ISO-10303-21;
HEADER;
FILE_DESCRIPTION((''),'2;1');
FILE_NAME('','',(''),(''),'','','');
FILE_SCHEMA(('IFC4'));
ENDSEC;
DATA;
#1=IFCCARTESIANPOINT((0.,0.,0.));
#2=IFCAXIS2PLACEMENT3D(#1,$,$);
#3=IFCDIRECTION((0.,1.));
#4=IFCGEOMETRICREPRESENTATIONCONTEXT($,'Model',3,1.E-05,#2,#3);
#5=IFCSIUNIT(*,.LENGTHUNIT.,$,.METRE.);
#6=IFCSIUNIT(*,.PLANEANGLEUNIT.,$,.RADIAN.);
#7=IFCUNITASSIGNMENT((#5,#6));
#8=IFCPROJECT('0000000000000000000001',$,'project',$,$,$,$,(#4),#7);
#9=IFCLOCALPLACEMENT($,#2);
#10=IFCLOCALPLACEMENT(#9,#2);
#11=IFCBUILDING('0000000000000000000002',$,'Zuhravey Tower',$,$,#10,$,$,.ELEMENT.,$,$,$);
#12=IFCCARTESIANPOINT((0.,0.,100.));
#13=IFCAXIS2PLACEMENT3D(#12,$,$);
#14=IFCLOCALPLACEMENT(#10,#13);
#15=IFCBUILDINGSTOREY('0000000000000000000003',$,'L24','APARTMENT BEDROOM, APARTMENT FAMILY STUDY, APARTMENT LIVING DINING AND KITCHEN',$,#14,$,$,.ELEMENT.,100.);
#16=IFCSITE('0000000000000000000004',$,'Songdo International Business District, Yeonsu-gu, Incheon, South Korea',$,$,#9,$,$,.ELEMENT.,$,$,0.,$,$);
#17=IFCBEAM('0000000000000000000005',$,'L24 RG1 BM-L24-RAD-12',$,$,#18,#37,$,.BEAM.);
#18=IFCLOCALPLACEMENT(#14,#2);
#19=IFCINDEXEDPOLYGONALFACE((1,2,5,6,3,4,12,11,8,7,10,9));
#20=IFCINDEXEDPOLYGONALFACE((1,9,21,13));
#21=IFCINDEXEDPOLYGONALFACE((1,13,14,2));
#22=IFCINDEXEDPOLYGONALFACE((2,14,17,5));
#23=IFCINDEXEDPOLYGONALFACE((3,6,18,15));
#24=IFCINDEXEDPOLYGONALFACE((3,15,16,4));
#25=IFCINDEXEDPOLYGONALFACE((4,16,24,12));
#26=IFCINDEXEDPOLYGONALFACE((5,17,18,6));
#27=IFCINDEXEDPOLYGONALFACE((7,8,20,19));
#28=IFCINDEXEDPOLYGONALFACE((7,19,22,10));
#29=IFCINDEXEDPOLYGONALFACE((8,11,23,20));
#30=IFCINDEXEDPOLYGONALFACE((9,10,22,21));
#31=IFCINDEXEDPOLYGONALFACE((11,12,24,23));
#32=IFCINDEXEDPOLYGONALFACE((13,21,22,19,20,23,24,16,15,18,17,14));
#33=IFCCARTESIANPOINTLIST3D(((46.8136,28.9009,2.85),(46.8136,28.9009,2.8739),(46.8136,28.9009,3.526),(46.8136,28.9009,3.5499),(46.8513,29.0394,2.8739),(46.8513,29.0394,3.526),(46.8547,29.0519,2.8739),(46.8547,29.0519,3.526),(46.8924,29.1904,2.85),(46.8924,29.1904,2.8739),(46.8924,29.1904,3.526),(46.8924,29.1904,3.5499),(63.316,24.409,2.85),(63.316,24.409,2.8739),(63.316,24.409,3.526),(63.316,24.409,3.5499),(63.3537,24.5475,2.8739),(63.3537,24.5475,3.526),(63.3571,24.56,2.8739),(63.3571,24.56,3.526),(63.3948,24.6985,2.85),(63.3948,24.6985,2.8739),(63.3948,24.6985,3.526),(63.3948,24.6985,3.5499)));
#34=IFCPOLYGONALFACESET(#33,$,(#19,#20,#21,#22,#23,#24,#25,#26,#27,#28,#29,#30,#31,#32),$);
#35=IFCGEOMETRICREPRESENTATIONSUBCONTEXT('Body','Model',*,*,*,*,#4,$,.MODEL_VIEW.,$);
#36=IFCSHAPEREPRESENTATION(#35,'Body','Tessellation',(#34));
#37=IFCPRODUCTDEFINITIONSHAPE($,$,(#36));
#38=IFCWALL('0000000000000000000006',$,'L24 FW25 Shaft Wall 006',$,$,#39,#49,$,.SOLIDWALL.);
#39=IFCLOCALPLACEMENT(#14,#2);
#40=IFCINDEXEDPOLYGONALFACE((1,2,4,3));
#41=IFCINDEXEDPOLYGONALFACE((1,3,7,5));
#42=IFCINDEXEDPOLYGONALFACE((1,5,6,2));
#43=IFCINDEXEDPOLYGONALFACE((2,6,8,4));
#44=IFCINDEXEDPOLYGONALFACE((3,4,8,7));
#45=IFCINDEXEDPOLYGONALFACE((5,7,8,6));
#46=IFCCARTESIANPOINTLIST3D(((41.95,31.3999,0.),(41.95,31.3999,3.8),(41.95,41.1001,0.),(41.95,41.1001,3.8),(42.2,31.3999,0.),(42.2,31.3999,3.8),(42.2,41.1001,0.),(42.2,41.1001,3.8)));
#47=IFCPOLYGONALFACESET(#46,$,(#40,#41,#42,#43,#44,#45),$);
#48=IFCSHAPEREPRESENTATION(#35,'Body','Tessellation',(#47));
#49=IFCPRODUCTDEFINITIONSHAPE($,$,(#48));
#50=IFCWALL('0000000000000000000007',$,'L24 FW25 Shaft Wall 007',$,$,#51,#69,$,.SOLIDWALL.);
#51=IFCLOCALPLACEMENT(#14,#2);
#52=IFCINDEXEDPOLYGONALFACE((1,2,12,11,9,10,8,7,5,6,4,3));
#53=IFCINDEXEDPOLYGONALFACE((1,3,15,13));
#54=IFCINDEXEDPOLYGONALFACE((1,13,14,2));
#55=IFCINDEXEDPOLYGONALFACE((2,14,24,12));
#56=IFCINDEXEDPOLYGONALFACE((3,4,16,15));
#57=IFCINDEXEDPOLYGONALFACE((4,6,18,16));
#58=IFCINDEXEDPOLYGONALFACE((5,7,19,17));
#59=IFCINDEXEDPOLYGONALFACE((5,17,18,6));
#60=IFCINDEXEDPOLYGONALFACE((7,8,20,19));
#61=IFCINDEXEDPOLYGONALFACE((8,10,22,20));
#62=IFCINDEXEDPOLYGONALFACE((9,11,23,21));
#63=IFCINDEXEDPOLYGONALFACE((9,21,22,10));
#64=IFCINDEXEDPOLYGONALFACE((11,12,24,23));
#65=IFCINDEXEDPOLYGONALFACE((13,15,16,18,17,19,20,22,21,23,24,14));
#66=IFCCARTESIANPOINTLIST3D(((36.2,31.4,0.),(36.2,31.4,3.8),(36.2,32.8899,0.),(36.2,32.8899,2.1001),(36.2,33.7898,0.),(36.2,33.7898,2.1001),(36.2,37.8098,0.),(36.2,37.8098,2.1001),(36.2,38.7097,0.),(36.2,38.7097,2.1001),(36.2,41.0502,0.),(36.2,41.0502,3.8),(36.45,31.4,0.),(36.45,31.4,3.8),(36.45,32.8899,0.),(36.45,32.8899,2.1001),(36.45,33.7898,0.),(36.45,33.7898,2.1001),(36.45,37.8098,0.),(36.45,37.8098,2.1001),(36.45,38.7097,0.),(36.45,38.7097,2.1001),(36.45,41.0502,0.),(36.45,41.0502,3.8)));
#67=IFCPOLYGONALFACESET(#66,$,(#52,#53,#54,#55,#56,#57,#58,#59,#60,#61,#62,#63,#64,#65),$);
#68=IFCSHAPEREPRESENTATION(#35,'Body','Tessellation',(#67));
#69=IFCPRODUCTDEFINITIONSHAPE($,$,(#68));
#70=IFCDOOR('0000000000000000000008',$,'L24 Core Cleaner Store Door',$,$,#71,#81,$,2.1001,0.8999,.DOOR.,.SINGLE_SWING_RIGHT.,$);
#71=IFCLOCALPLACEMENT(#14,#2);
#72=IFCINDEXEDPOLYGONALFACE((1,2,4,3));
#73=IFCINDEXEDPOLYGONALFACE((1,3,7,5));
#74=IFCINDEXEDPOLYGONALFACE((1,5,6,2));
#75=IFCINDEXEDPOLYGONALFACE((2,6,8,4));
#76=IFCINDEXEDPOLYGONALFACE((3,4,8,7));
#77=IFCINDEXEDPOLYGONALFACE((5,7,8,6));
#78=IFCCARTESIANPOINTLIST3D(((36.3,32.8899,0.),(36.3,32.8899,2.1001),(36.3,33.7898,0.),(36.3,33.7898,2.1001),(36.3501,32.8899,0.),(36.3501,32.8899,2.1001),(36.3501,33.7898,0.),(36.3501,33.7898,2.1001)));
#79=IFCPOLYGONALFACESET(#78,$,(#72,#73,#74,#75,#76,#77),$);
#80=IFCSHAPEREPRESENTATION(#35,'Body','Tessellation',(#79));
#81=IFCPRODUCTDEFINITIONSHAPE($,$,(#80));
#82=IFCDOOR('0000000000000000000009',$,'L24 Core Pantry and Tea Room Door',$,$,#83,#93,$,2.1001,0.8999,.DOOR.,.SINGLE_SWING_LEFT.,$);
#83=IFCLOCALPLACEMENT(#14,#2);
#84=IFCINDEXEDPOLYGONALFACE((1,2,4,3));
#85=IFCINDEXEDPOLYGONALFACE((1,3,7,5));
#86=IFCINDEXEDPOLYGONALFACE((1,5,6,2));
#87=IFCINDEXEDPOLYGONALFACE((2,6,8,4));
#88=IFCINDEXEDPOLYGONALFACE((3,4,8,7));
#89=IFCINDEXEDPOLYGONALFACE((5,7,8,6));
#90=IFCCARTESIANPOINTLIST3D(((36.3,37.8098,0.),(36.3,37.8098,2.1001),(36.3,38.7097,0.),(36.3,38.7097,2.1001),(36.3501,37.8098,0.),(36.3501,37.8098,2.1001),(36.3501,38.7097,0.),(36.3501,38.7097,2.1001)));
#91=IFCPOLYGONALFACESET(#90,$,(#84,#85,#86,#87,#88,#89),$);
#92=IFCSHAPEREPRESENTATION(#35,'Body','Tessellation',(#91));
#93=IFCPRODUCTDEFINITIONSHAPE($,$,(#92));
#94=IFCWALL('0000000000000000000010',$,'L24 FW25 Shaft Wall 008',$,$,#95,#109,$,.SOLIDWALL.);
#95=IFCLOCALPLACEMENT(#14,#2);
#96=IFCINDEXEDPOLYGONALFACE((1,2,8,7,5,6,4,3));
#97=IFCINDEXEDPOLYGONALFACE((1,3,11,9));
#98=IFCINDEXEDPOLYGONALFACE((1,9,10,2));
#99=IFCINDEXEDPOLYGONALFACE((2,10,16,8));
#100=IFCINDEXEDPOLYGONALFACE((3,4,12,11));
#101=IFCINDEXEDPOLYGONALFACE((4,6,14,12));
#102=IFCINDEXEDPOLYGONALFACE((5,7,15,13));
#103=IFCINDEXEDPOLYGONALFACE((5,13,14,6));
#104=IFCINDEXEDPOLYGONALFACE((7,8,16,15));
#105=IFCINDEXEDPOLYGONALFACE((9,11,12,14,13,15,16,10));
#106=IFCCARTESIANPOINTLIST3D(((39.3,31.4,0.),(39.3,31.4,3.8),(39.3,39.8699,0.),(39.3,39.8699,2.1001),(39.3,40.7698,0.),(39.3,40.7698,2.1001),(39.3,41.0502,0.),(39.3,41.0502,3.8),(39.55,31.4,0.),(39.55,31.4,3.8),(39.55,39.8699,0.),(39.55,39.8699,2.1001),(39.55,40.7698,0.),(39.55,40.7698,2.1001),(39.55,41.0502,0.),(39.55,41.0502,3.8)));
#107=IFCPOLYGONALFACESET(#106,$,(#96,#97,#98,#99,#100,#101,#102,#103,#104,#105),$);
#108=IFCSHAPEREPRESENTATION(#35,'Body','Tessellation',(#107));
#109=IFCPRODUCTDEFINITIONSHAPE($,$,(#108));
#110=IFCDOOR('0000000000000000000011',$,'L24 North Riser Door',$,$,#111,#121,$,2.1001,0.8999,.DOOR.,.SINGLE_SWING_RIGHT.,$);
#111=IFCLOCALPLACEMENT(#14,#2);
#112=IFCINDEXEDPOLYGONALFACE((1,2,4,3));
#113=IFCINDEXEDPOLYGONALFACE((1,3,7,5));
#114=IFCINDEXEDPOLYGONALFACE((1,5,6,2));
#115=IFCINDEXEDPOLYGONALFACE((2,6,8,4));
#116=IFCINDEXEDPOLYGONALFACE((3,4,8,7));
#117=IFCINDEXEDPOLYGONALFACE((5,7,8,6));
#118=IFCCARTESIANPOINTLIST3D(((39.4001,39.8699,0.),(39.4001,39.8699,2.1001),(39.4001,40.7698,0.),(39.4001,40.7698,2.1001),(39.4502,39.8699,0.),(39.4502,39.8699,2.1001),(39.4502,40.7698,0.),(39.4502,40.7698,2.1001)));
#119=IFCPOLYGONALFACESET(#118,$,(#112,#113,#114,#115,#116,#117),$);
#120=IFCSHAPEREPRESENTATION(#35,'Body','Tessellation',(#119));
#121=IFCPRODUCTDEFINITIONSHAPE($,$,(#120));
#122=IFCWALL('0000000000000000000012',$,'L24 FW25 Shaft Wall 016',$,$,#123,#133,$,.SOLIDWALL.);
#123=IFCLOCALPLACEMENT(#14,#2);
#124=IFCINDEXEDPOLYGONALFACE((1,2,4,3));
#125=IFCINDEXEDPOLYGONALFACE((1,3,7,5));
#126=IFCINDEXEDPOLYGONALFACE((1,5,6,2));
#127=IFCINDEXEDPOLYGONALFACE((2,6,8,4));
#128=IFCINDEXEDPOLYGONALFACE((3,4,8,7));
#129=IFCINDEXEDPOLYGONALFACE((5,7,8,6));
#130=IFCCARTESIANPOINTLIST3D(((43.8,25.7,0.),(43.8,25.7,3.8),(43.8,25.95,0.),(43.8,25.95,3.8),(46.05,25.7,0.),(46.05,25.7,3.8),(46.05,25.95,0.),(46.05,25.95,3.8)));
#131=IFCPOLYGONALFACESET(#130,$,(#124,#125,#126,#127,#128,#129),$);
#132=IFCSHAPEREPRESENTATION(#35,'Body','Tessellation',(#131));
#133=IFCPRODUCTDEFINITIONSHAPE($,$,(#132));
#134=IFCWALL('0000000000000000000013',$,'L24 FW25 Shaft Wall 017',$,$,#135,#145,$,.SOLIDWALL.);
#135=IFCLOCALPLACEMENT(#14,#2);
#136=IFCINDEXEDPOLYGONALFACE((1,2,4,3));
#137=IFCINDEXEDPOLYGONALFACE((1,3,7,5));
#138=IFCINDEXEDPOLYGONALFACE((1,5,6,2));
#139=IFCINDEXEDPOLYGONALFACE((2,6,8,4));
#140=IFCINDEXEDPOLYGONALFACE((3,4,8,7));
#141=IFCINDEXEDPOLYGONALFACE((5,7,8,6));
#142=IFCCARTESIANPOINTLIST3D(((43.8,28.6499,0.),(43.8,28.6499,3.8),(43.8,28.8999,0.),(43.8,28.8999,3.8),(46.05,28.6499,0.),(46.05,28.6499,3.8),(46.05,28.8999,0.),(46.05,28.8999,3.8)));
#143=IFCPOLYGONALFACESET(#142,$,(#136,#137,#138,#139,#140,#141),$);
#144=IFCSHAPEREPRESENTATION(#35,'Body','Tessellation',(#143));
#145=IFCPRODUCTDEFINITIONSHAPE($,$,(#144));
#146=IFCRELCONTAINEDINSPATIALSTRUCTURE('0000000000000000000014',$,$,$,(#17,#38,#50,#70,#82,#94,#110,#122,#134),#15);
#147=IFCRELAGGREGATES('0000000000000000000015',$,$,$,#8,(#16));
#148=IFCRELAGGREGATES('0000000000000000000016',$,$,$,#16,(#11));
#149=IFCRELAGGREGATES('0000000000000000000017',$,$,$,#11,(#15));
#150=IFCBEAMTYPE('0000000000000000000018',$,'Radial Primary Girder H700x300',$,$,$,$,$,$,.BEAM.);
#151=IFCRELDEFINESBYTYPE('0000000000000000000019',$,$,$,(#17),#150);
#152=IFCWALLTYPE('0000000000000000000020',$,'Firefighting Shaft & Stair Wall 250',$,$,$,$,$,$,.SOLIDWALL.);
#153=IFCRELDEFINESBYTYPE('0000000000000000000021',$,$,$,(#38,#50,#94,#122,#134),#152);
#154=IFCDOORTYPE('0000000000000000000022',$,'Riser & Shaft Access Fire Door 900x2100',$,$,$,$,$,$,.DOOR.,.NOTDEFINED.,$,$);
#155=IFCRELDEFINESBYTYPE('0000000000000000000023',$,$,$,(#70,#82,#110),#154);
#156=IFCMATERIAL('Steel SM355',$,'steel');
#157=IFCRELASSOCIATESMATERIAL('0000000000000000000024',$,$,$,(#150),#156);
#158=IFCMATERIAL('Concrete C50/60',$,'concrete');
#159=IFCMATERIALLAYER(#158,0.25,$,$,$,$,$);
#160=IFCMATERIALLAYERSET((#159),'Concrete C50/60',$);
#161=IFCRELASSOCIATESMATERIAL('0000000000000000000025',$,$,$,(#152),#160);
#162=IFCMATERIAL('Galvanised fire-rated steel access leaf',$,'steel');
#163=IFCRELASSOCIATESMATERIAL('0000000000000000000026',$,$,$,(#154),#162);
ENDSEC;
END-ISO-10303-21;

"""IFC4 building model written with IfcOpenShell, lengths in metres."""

from ifc_helpers import new_model, si_unit, direction, frame, frame_2d, origin, origin_2d, place, context, subcontext, project, spatial, rectangle, i_section, extrude, material, layer, layer_set, material_profile, profile_set, type_object, element, fill, save


model = new_model("IFC4")

# Units and contexts
model_context = context("Model", 3, precision=1e-05, world=origin(), true_north=direction((0.0, 1.0)))
body_context = subcontext(model_context, "Body", "Model", "MODEL_VIEW")
ifc_project = project(units=[si_unit("LENGTHUNIT", "METRE"), si_unit("PLANEANGLEUNIT", "RADIAN")], contexts=[model_context])

# Site, building, storey
site_placement = place(None, origin())
site = spatial("IfcSite", under=ifc_project, at=site_placement, Name="Songdo International Business District, Yeonsu-gu, Incheon, South Korea", CompositionType="ELEMENT", RefElevation=0.0)
building_placement = place(site_placement, origin())
building = spatial("IfcBuilding", under=site, at=building_placement, Name="Zuhravey Tower", CompositionType="ELEMENT")
storey_placement = place(building_placement, frame((0.0, 0.0, 100.0)))
storey = spatial("IfcBuildingStorey", under=building, at=storey_placement, Name="L24", Description="APARTMENT BEDROOM, APARTMENT FAMILY STUDY, APARTMENT LIVING DINING AND KITCHEN", CompositionType="ELEMENT", Elevation=100.0)

# Beam
ifc_material_1 = material(Name="Steel SM355", Category="steel")
ifc_material_profile = material_profile(ifc_material_1, i_section(OverallWidth=0.3, OverallDepth=0.7, WebThickness=0.0129, FlangeThickness=0.0239, at=origin_2d()), Name="H-700x300x13x24")
ifc_profile_set = profile_set([ifc_material_profile], Name="Steel SM355")
beam_type = type_object("IfcBeamType", Name="Radial Primary Girder H700x300", PredefinedType="BEAM", material=ifc_profile_set)
beam_placement = place(storey_placement, frame((46.853, 29.0457, 3.2), z_axis=(0.964893, -0.262643, 0.0), x_axis=(0.262643, 0.964893, 0.0)))
element("IfcBeam", 1, at=beam_placement, inside=storey, type_object=beam_type, Name="L24 RG1 BM-L24-RAD-12", PredefinedType="BEAM", context=body_context, shape_type="SweptSolid", body=[
    extrude(i_section(OverallWidth=0.3, OverallDepth=0.7, WebThickness=0.0129, FlangeThickness=0.0239, at=origin_2d()), origin(), (0.0, 0.0, 1.0), 17.1028),
])

# Wall
ifc_material_2 = material(Name="Concrete C50/60", Category="concrete")
ifc_layer_1 = layer(ifc_material_2, 0.25)
ifc_layer_set_1 = layer_set([ifc_layer_1], Name="Concrete C50/60")
wall_type_1 = type_object("IfcWallType", Name="Firefighting Shaft & Stair Wall 250", PredefinedType="SOLIDWALL", material=ifc_layer_set_1)
wall_1_placement = place(storey_placement, frame((42.075, 31.3999, 0.0), z_axis=(0.0, 0.0, 1.0), x_axis=(0.0, 1.0, 0.0)))
element("IfcWall", 2, at=wall_1_placement, inside=storey, type_object=wall_type_1, Name="L24 FW25 Shaft Wall 006", PredefinedType="SOLIDWALL", context=body_context, shape_type="SweptSolid", body=[
    extrude(rectangle(XDim=9.7002, YDim=0.25, at=frame_2d((4.8501, 0.0))), origin(), (0.0, 0.0, 1.0), 3.8),
])

# Wall, openings, doors
wall_2_placement = place(storey_placement, frame((36.325, 31.3999, 0.0), z_axis=(0.0, 0.0, 1.0), x_axis=(0.0, 1.0, 0.0)))
wall_2 = element("IfcWall", 3, at=wall_2_placement, inside=storey, type_object=wall_type_1, Name="L24 FW25 Shaft Wall 007", PredefinedType="SOLIDWALL", context=body_context, shape_type="SweptSolid", body=[
    extrude(rectangle(XDim=9.6501, YDim=0.25, at=frame_2d((4.8252, 0.0))), origin(), (0.0, 0.0, 1.0), 3.8),
])
opening_1_placement = place(wall_2_placement, frame((1.49, 0.0, 0.0)))
opening_1 = element("IfcOpeningElement", 4, at=opening_1_placement, cuts=wall_2, PredefinedType="OPENING", context=body_context, shape_type="SweptSolid", body=[
    extrude(rectangle(XDim=0.8999, YDim=2.1001, at=frame_2d((0.45, 1.05))), frame((0.0, 0.137, 0.0), z_axis=(0.0, -1.0, 0.0), x_axis=(1.0, 0.0, 0.0)), (0.0, 0.0, 1.0), 0.2739),
])
opening_2_placement = place(wall_2_placement, frame((6.4099, 0.0, 0.0)))
opening_2 = element("IfcOpeningElement", 5, at=opening_2_placement, cuts=wall_2, PredefinedType="OPENING", context=body_context, shape_type="SweptSolid", body=[
    extrude(rectangle(XDim=0.8999, YDim=2.1001, at=frame_2d((0.45, 1.05))), frame((0.0, 0.137, 0.0), z_axis=(0.0, -1.0, 0.0), x_axis=(1.0, 0.0, 0.0)), (0.0, 0.0, 1.0), 0.2739),
])
ifc_material_3 = material(Name="Galvanised fire-rated steel access leaf", Category="steel")
door_type_1 = type_object("IfcDoorType", Name="Riser & Shaft Access Fire Door 900x2100", OperationType="NOTDEFINED", PredefinedType="DOOR", material=ifc_material_3)
door_1_placement = place(opening_1_placement, origin())
door_1 = element("IfcDoor", 6, at=door_1_placement, inside=storey, type_object=door_type_1, Name="L24 Core Cleaner Store Door", OperationType="SINGLE_SWING_RIGHT", OverallHeight=2.1001, OverallWidth=0.8999, PredefinedType="DOOR", context=body_context, shape_type="SweptSolid", body=[
    extrude(rectangle(XDim=0.8999, YDim=2.1001, at=frame_2d((0.45, 1.05))), frame((0.0, 0.0249, 0.0), z_axis=(0.0, -1.0, 0.0), x_axis=(1.0, 0.0, 0.0)), (0.0, 0.0, 1.0), 0.05),
])
fill(opening_1, door_1)
door_2_placement = place(opening_2_placement, origin())
door_2 = element("IfcDoor", 7, at=door_2_placement, inside=storey, type_object=door_type_1, Name="L24 Core Pantry and Tea Room Door", OperationType="SINGLE_SWING_LEFT", OverallHeight=2.1001, OverallWidth=0.8999, PredefinedType="DOOR", context=body_context, shape_type="SweptSolid", body=[
    extrude(rectangle(XDim=0.8999, YDim=2.1001, at=frame_2d((0.45, 1.05))), frame((0.0, 0.0249, 0.0), z_axis=(0.0, -1.0, 0.0), x_axis=(1.0, 0.0, 0.0)), (0.0, 0.0, 1.0), 0.05),
])
fill(opening_2, door_2)

# Wall, opening, door
wall_3_placement = place(storey_placement, frame((39.425, 31.3999, 0.0), z_axis=(0.0, 0.0, 1.0), x_axis=(0.0, 1.0, 0.0)))
wall_3 = element("IfcWall", 8, at=wall_3_placement, inside=storey, type_object=wall_type_1, Name="L24 FW25 Shaft Wall 008", PredefinedType="SOLIDWALL", context=body_context, shape_type="SweptSolid", body=[
    extrude(rectangle(XDim=9.6501, YDim=0.25, at=frame_2d((4.8252, 0.0))), origin(), (0.0, 0.0, 1.0), 3.8),
])
opening_3_placement = place(wall_3_placement, frame((8.47, 0.0, 0.0)))
opening_3 = element("IfcOpeningElement", 9, at=opening_3_placement, cuts=wall_3, PredefinedType="OPENING", context=body_context, shape_type="SweptSolid", body=[
    extrude(rectangle(XDim=0.8999, YDim=2.1001, at=frame_2d((0.45, 1.05))), frame((0.0, 0.137, 0.0), z_axis=(0.0, -1.0, 0.0), x_axis=(1.0, 0.0, 0.0)), (0.0, 0.0, 1.0), 0.2739),
])
door_3_placement = place(opening_3_placement, origin())
door_3 = element("IfcDoor", 10, at=door_3_placement, inside=storey, type_object=door_type_1, Name="L24 North Riser Door", OperationType="SINGLE_SWING_RIGHT", OverallHeight=2.1001, OverallWidth=0.8999, PredefinedType="DOOR", context=body_context, shape_type="SweptSolid", body=[
    extrude(rectangle(XDim=0.8999, YDim=2.1001, at=frame_2d((0.45, 1.05))), frame((0.0, 0.0249, 0.0), z_axis=(0.0, -1.0, 0.0), x_axis=(1.0, 0.0, 0.0)), (0.0, 0.0, 1.0), 0.05),
])
fill(opening_3, door_3)

# Walls
for number, where, z_axis, x_axis, name in (
    (11, (43.8, 25.825, 0.0), (0.0, 0.0, 1.0), (1.0, 0.0, 0.0), "L24 FW25 Shaft Wall 016"),
    (12, (43.8, 28.7749, 0.0), (0.0, 0.0, 1.0), (1.0, 0.0, 0.0), "L24 FW25 Shaft Wall 017"),
):
    element("IfcWall", number, at=place(storey_placement, frame(where, z_axis=z_axis, x_axis=x_axis)), inside=storey, type_object=wall_type_1, Name=name, PredefinedType="SOLIDWALL", context=body_context, shape_type="SweptSolid", body=[
        extrude(rectangle(XDim=2.25, YDim=0.25, at=frame_2d((1.125, 0.0))), origin(), (0.0, 0.0, 1.0), 3.8),
    ])

save(model, "model.ifc")
